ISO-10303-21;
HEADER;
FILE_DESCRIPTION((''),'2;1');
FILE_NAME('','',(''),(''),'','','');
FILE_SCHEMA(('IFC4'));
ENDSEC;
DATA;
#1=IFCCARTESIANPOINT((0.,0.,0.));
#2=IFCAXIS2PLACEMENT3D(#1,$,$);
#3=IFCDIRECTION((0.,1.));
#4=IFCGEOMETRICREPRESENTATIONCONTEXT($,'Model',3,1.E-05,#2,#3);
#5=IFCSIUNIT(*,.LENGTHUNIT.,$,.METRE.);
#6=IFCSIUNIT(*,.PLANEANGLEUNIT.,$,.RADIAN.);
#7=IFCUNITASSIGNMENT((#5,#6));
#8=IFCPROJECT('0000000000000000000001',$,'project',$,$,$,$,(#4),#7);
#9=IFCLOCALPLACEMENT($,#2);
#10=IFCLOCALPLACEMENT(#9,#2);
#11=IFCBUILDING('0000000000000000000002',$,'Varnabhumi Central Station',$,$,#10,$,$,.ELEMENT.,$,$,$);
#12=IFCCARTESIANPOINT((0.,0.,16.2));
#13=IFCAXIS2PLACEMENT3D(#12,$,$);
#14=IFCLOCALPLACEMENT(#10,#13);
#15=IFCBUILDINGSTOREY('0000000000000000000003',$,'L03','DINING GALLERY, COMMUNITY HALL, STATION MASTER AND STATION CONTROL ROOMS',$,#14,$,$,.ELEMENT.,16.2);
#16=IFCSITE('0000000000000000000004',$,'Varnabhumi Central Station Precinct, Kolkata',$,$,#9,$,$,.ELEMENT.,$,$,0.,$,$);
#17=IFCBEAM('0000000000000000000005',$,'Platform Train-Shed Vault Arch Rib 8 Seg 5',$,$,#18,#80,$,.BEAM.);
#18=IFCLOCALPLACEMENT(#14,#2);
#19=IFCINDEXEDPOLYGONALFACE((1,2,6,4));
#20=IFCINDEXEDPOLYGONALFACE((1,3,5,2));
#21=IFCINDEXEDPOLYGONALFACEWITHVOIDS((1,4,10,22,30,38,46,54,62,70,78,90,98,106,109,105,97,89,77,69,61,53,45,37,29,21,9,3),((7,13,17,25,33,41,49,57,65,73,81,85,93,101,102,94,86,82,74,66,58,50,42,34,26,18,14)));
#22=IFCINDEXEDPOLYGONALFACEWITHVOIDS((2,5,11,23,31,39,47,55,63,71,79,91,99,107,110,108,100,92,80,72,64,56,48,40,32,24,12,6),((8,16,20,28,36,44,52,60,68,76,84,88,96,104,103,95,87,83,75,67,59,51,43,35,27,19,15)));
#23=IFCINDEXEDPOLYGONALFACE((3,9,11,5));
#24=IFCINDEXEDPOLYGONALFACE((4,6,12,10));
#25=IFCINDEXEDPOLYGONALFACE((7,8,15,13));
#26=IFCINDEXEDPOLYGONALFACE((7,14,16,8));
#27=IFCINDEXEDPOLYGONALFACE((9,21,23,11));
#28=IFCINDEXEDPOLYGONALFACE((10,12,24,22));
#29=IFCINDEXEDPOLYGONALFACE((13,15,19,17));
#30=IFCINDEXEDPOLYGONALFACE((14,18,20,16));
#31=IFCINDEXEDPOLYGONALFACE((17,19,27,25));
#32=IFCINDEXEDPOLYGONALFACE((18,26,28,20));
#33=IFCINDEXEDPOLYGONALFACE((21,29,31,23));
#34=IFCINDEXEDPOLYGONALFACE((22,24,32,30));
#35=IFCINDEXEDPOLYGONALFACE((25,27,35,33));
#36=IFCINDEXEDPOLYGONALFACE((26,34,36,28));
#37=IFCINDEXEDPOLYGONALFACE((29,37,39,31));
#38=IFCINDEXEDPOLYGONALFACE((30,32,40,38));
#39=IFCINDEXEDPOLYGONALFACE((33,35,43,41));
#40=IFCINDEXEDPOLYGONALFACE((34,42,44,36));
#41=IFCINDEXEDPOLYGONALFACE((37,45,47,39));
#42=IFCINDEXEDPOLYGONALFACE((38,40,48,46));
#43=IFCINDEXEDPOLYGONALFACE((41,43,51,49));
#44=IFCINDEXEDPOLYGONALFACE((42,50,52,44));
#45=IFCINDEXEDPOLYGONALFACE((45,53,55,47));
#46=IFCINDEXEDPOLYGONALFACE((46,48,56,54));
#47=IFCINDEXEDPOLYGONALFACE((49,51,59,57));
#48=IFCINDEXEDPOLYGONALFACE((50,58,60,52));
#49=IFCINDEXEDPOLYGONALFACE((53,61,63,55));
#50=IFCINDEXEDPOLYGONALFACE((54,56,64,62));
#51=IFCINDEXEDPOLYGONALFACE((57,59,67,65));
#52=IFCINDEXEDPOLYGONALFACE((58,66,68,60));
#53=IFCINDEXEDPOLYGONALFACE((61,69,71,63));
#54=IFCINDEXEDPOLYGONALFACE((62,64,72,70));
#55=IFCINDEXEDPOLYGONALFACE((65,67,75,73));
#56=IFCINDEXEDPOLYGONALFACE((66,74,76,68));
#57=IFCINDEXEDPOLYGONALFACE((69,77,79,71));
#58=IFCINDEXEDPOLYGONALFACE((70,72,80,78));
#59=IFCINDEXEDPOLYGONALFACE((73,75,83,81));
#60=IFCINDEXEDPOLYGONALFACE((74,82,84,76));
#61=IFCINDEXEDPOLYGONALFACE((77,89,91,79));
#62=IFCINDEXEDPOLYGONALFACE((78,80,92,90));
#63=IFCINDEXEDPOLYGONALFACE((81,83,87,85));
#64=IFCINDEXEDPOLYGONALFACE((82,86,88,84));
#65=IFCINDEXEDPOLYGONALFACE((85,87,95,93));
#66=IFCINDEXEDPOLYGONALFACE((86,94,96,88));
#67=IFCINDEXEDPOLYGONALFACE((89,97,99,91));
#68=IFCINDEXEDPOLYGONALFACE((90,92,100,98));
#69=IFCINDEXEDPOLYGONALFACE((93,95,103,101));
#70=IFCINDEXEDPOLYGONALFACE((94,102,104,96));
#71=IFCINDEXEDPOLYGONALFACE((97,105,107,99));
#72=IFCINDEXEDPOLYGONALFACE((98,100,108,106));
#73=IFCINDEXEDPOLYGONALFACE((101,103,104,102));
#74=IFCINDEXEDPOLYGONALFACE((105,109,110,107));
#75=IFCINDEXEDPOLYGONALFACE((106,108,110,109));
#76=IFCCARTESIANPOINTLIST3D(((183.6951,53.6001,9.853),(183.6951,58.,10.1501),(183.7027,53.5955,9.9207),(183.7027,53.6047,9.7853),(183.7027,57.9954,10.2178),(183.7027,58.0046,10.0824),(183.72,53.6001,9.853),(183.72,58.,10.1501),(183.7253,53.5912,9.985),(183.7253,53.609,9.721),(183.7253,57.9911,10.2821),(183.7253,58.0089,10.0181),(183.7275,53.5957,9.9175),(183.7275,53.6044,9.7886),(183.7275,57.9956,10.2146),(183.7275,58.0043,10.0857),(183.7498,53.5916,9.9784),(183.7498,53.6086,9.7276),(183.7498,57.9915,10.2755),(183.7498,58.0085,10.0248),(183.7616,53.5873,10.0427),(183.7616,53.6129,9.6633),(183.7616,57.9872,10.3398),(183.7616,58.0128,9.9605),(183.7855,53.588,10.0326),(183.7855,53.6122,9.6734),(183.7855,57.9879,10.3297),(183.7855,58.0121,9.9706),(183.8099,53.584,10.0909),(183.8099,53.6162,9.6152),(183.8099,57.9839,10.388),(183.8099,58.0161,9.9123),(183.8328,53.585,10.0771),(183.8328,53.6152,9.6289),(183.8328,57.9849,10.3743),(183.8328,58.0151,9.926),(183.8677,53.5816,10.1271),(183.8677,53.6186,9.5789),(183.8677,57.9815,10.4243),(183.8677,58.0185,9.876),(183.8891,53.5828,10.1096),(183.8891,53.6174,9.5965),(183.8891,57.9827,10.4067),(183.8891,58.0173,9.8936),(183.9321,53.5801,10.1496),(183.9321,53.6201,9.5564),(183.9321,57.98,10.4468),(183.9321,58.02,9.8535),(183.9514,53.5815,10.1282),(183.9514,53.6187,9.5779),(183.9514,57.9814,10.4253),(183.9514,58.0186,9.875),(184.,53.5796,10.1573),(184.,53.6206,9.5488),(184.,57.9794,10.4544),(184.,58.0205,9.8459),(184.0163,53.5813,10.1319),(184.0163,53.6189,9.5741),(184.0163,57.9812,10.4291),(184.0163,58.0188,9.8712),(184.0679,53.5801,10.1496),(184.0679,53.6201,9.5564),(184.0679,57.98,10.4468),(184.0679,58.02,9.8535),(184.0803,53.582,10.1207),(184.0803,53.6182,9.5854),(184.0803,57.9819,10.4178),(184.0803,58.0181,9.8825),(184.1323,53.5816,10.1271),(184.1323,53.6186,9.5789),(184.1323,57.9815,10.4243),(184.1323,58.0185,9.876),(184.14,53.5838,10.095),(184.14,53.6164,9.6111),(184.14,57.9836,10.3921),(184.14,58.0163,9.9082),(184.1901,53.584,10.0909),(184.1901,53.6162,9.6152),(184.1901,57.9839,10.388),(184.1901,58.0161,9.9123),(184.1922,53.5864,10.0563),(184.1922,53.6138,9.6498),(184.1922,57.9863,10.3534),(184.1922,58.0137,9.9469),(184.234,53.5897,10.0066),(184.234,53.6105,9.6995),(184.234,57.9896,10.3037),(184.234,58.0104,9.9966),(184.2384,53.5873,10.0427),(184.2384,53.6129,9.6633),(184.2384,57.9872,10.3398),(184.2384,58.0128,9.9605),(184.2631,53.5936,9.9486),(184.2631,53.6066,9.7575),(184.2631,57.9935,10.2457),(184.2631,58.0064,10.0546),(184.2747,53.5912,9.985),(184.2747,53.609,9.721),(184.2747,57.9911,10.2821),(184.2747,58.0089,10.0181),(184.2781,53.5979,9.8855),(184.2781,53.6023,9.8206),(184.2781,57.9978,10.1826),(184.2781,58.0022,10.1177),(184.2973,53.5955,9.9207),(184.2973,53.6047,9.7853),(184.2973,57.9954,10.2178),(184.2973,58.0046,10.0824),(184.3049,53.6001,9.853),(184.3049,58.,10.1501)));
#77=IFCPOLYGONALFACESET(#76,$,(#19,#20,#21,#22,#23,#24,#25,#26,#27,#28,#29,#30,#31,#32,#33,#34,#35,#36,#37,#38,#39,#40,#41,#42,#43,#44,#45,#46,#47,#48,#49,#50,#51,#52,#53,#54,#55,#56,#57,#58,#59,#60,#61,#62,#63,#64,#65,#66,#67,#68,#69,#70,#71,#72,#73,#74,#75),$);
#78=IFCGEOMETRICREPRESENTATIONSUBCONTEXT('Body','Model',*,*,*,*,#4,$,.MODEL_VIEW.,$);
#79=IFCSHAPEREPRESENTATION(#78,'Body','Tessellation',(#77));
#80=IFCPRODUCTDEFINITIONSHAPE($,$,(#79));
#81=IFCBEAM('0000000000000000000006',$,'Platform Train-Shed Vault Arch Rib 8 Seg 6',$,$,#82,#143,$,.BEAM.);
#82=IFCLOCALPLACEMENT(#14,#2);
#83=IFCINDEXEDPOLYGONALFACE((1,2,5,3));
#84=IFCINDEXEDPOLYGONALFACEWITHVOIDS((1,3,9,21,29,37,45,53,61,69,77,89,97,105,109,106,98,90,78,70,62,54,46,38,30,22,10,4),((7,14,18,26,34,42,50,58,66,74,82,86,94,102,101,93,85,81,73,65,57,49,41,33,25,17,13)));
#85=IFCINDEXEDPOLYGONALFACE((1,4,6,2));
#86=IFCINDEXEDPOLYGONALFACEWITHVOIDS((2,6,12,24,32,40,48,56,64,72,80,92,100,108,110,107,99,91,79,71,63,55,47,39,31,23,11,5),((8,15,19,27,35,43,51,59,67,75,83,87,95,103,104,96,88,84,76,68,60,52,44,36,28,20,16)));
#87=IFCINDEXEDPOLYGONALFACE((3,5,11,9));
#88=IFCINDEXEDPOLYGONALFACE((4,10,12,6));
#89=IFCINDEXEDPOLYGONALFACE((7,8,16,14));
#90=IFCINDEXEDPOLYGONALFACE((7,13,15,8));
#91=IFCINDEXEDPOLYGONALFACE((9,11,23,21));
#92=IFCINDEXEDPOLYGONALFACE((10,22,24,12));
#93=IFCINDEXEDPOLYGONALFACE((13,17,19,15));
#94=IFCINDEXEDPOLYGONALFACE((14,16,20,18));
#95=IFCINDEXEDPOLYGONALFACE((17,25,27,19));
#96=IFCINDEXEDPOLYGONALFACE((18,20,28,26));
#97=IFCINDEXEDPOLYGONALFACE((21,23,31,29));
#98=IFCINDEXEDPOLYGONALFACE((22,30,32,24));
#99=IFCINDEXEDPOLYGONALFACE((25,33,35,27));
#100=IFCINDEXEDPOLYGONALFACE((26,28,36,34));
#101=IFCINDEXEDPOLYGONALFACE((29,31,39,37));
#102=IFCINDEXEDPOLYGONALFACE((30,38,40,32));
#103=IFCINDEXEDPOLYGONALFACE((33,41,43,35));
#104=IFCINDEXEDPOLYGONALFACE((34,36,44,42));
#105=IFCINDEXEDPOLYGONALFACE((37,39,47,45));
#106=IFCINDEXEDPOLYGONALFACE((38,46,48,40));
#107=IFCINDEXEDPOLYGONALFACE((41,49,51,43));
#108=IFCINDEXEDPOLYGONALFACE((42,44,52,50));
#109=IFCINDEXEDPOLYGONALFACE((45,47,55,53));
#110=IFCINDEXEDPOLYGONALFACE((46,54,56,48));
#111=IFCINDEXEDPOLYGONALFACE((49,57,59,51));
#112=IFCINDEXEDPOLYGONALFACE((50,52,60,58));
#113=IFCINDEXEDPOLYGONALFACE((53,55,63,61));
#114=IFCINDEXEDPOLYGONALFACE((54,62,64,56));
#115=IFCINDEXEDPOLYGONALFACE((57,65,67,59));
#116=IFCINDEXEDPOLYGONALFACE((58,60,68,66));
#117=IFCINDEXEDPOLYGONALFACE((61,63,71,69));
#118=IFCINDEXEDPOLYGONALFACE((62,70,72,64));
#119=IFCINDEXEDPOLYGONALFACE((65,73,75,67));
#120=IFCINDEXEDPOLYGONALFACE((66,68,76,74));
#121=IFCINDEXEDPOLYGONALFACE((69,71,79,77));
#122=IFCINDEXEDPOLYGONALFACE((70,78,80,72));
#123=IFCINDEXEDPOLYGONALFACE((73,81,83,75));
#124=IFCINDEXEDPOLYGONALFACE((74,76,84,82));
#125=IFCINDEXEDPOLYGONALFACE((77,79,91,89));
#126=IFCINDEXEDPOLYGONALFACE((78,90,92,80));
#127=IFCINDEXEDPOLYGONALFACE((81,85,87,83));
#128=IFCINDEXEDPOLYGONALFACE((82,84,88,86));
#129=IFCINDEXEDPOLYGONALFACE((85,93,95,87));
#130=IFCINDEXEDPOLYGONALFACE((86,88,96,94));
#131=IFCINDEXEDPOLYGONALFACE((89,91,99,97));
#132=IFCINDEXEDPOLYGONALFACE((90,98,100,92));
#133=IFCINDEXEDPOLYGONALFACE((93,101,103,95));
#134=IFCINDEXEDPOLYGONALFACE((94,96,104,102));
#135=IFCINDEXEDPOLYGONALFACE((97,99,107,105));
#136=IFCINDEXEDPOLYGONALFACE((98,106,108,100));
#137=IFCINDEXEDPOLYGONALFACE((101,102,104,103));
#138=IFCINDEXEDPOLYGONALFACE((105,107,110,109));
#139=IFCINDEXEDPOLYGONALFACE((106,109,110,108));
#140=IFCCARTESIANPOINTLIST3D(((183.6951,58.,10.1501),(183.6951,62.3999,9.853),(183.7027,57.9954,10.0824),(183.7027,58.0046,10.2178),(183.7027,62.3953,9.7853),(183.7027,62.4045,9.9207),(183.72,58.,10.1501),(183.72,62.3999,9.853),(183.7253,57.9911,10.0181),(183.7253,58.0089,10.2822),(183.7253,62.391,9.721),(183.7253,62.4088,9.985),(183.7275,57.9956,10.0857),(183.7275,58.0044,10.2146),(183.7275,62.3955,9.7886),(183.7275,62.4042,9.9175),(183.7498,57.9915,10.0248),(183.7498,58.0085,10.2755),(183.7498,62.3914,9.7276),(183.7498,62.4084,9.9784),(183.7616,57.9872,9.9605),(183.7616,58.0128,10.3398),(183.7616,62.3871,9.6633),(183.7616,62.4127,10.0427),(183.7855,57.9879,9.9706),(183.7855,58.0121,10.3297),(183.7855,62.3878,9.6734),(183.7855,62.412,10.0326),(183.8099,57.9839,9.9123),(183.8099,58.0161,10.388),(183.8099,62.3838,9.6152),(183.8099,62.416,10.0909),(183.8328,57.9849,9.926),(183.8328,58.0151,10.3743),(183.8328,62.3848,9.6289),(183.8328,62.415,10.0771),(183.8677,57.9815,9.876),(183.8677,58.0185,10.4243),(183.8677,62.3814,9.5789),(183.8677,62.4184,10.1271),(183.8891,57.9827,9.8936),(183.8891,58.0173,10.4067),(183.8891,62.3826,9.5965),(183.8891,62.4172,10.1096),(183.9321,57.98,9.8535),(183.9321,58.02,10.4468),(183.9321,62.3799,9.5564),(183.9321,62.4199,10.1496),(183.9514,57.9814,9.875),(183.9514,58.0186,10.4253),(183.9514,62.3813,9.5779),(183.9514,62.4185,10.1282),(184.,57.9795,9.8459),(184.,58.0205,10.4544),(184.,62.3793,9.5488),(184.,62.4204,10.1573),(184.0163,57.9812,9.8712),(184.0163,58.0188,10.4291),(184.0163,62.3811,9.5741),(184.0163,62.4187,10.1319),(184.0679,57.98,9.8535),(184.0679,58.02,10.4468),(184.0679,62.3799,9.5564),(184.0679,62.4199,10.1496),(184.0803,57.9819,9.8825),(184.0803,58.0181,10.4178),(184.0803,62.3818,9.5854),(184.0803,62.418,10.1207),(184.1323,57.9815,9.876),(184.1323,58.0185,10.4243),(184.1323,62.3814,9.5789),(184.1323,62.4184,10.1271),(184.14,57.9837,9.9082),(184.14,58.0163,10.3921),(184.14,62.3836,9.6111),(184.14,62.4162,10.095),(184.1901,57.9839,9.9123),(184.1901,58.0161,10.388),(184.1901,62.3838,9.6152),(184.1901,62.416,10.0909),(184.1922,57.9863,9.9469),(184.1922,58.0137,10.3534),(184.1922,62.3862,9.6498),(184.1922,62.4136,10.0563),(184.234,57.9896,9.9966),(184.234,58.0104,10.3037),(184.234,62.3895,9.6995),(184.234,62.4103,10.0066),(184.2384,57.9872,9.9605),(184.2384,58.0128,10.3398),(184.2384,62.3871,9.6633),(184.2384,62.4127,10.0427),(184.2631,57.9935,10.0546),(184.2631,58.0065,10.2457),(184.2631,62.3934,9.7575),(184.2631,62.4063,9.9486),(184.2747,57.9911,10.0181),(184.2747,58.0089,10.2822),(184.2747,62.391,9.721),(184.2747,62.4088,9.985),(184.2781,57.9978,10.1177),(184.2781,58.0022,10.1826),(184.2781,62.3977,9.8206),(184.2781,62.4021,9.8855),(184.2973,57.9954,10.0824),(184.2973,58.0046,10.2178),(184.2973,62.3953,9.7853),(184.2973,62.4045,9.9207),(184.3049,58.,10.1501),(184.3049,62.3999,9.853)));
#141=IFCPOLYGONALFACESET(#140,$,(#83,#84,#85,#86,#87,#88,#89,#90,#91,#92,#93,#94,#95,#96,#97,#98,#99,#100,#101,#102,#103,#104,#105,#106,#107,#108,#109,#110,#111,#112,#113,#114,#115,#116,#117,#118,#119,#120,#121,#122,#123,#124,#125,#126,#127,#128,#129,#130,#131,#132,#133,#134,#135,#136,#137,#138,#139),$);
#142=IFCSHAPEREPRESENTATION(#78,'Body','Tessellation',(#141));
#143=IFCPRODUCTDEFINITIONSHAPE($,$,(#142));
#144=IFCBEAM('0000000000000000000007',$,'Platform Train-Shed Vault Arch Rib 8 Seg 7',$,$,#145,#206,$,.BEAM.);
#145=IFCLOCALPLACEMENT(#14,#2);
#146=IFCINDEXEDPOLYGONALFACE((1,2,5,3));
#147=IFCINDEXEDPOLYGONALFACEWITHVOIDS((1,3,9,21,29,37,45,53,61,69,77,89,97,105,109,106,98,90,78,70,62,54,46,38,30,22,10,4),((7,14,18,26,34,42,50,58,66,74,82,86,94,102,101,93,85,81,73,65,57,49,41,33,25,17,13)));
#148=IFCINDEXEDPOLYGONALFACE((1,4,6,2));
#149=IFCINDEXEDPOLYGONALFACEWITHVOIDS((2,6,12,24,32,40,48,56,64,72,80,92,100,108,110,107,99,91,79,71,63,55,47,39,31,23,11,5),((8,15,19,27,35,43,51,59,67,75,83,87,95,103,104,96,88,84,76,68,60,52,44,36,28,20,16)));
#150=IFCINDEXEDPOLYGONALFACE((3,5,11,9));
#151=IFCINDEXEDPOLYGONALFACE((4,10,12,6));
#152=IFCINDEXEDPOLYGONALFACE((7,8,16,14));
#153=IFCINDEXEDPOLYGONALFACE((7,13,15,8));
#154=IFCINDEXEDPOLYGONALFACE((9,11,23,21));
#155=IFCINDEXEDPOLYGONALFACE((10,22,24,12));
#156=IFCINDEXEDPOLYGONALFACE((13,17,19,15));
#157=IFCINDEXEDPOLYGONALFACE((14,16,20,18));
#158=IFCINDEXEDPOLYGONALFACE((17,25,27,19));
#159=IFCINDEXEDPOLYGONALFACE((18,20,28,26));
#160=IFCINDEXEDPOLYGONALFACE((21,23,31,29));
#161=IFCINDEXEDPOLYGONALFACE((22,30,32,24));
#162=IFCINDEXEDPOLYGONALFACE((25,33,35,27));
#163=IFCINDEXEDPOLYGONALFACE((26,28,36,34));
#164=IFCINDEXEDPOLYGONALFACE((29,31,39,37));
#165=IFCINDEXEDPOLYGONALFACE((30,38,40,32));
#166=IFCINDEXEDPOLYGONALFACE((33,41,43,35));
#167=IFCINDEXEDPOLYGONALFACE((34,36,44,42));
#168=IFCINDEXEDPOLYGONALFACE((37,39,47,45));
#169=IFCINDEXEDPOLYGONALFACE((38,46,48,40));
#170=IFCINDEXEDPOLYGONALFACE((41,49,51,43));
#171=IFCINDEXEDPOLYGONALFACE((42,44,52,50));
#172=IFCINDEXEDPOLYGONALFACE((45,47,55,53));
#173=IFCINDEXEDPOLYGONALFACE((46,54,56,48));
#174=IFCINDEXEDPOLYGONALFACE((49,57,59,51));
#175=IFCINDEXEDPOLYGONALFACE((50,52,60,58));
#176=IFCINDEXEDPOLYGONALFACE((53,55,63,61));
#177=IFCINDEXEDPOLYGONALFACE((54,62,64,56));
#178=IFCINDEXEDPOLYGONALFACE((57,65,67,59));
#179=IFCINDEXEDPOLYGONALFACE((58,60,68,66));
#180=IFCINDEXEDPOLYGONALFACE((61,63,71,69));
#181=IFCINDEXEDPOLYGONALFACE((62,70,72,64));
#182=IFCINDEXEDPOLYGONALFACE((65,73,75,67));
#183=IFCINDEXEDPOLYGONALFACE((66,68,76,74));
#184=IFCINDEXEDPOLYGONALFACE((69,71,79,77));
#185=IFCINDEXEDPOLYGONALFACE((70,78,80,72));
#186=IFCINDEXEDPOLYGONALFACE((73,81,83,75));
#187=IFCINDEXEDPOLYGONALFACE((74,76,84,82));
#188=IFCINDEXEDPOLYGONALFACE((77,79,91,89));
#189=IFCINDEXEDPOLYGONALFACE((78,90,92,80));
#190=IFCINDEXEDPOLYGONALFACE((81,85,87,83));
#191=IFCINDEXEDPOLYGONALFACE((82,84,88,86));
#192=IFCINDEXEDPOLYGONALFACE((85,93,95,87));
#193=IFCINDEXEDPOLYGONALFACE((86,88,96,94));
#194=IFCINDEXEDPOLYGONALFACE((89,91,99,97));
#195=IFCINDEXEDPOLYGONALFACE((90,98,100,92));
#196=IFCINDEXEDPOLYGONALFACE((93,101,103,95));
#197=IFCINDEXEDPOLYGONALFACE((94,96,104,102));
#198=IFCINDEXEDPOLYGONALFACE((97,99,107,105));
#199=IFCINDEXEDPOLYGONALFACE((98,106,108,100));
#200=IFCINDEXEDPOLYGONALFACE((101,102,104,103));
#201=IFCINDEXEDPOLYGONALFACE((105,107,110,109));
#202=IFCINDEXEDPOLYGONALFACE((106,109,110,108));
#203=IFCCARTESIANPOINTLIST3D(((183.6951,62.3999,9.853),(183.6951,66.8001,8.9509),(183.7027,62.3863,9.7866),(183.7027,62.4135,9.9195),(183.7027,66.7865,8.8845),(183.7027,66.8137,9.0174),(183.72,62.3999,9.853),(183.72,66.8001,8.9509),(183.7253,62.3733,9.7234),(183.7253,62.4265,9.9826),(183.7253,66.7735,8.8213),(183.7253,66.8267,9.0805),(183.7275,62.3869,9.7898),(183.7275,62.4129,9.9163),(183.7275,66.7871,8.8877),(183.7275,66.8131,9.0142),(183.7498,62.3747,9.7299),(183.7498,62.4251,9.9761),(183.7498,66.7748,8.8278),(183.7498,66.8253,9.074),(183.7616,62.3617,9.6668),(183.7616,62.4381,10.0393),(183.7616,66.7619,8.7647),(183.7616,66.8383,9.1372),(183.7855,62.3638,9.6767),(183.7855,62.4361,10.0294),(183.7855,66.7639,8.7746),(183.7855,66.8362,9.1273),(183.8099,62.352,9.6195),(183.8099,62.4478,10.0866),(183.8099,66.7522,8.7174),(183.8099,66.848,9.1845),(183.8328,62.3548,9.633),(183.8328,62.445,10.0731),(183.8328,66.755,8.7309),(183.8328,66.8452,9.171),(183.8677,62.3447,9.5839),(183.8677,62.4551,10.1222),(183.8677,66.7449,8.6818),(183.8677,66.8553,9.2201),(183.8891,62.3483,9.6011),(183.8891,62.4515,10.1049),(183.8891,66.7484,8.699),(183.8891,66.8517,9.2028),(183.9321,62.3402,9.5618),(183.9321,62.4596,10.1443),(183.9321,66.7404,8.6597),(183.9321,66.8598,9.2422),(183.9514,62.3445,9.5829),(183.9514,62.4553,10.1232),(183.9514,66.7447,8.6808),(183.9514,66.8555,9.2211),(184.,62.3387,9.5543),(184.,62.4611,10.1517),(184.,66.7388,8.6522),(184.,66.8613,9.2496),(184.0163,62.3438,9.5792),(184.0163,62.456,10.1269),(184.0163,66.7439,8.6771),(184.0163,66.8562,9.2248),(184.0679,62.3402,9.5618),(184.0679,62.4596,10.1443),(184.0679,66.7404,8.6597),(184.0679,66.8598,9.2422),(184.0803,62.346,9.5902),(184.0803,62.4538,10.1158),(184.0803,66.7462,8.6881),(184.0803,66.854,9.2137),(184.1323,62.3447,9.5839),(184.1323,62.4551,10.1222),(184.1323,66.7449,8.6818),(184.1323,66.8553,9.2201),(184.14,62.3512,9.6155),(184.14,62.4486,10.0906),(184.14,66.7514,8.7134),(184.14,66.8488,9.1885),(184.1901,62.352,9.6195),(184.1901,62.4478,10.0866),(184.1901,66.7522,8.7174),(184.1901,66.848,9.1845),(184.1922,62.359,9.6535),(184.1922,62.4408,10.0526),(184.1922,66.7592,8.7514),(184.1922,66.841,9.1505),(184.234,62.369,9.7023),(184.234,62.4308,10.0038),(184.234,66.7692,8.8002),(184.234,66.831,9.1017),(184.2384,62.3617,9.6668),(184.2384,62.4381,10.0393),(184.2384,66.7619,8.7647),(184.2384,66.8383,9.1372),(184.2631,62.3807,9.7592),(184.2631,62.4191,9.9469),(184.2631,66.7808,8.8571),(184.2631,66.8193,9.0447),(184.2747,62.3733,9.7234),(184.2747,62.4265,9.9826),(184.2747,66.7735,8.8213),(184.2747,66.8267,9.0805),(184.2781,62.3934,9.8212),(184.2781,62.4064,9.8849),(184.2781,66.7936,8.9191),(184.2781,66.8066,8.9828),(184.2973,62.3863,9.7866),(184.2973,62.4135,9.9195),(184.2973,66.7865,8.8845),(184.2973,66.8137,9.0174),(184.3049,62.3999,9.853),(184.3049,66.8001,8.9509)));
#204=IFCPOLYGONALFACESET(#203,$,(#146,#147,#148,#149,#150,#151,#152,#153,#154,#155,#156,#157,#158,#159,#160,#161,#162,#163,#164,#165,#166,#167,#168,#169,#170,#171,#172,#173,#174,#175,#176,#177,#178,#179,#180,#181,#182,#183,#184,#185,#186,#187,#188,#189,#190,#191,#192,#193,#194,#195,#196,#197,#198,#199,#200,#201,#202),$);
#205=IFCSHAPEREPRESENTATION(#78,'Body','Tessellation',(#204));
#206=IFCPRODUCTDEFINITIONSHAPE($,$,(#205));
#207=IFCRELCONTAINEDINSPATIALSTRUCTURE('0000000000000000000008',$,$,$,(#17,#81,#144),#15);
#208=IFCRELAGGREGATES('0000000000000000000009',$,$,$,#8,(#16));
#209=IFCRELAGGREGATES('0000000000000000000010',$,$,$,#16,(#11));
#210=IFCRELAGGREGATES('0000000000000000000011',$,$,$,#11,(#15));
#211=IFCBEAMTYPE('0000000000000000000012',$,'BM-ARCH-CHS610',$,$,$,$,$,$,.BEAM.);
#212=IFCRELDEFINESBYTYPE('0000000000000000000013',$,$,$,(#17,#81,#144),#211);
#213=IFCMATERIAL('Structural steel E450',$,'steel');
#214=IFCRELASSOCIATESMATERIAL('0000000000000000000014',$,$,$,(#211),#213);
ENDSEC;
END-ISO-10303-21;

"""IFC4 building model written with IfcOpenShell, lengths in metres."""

from ifc_helpers import new_model, si_unit, direction, frame, origin, origin_2d, place, context, subcontext, project, spatial, hollow_circle, extrude, material, material_profile, profile_set, type_object, element, save


model = new_model("IFC4")

# Units and contexts
model_context = context("Model", 3, precision=1e-05, world=origin(), true_north=direction((0.0, 1.0)))
body_context = subcontext(model_context, "Body", "Model", "MODEL_VIEW")
ifc_project = project(units=[si_unit("LENGTHUNIT", "METRE"), si_unit("PLANEANGLEUNIT", "RADIAN")], contexts=[model_context])

# Site, building, storey
site_placement = place(None, origin())
site = spatial("IfcSite", under=ifc_project, at=site_placement, Name="Varnabhumi Central Station Precinct, Kolkata", CompositionType="ELEMENT", RefElevation=0.0)
building_placement = place(site_placement, origin())
building = spatial("IfcBuilding", under=site, at=building_placement, Name="Varnabhumi Central Station", CompositionType="ELEMENT")
storey_placement = place(building_placement, frame((0.0, 0.0, 16.2)))
storey = spatial("IfcBuildingStorey", under=building, at=storey_placement, Name="L03", Description="DINING GALLERY, COMMUNITY HALL, STATION MASTER AND STATION CONTROL ROOMS", CompositionType="ELEMENT", Elevation=16.2)

# Beams
ifc_material_1 = material(Name="Structural steel E450", Category="steel")
ifc_material_profile_1 = material_profile(ifc_material_1, hollow_circle(Radius=0.3049, WallThickness=0.0249, at=origin_2d()), Name="Structural steel E450", Category="steel")
ifc_profile_set_1 = profile_set([ifc_material_profile_1], Name="Structural steel E450")
beam_type_1 = type_object("IfcBeamType", Name="BM-ARCH-CHS610", PredefinedType="BEAM", material=ifc_profile_set_1)
for number, where, z_axis, x_axis, name in (
    (1, (184.0, 53.6001, 9.853), (0.0, 0.997728, 0.067375), (-1.0, 0.0, 0.0), "Platform Train-Shed Vault Arch Rib 8 Seg 5"),
    (2, (184.0, 58.0, 10.1501), (0.0, 0.997728, -0.067375), (-1.0, 0.0, 0.0), "Platform Train-Shed Vault Arch Rib 8 Seg 6"),
):
    element("IfcBeam", number, at=place(storey_placement, frame(where, z_axis=z_axis, x_axis=x_axis)), inside=storey, type_object=beam_type_1, Name=name, PredefinedType="BEAM", context=body_context, shape_type="SweptSolid", body=[
        extrude(hollow_circle(Radius=0.3049, WallThickness=0.0249, at=origin_2d()), origin(), (0.0, 0.0, 1.0), 4.4099),
    ])
beam_1_placement = place(storey_placement, frame((184.0, 62.3999, 9.853), z_axis=(0.0, 0.979624, -0.200838), x_axis=(-1.0, 0.0, 0.0)))
element("IfcBeam", 3, at=beam_1_placement, inside=storey, type_object=beam_type_1, Name="Platform Train-Shed Vault Arch Rib 8 Seg 7", PredefinedType="BEAM", context=body_context, shape_type="SweptSolid", body=[
    extrude(hollow_circle(Radius=0.3049, WallThickness=0.0249, at=origin_2d()), origin(), (0.0, 0.0, 1.0), 4.4917),
])

save(model, "model.ifc")
